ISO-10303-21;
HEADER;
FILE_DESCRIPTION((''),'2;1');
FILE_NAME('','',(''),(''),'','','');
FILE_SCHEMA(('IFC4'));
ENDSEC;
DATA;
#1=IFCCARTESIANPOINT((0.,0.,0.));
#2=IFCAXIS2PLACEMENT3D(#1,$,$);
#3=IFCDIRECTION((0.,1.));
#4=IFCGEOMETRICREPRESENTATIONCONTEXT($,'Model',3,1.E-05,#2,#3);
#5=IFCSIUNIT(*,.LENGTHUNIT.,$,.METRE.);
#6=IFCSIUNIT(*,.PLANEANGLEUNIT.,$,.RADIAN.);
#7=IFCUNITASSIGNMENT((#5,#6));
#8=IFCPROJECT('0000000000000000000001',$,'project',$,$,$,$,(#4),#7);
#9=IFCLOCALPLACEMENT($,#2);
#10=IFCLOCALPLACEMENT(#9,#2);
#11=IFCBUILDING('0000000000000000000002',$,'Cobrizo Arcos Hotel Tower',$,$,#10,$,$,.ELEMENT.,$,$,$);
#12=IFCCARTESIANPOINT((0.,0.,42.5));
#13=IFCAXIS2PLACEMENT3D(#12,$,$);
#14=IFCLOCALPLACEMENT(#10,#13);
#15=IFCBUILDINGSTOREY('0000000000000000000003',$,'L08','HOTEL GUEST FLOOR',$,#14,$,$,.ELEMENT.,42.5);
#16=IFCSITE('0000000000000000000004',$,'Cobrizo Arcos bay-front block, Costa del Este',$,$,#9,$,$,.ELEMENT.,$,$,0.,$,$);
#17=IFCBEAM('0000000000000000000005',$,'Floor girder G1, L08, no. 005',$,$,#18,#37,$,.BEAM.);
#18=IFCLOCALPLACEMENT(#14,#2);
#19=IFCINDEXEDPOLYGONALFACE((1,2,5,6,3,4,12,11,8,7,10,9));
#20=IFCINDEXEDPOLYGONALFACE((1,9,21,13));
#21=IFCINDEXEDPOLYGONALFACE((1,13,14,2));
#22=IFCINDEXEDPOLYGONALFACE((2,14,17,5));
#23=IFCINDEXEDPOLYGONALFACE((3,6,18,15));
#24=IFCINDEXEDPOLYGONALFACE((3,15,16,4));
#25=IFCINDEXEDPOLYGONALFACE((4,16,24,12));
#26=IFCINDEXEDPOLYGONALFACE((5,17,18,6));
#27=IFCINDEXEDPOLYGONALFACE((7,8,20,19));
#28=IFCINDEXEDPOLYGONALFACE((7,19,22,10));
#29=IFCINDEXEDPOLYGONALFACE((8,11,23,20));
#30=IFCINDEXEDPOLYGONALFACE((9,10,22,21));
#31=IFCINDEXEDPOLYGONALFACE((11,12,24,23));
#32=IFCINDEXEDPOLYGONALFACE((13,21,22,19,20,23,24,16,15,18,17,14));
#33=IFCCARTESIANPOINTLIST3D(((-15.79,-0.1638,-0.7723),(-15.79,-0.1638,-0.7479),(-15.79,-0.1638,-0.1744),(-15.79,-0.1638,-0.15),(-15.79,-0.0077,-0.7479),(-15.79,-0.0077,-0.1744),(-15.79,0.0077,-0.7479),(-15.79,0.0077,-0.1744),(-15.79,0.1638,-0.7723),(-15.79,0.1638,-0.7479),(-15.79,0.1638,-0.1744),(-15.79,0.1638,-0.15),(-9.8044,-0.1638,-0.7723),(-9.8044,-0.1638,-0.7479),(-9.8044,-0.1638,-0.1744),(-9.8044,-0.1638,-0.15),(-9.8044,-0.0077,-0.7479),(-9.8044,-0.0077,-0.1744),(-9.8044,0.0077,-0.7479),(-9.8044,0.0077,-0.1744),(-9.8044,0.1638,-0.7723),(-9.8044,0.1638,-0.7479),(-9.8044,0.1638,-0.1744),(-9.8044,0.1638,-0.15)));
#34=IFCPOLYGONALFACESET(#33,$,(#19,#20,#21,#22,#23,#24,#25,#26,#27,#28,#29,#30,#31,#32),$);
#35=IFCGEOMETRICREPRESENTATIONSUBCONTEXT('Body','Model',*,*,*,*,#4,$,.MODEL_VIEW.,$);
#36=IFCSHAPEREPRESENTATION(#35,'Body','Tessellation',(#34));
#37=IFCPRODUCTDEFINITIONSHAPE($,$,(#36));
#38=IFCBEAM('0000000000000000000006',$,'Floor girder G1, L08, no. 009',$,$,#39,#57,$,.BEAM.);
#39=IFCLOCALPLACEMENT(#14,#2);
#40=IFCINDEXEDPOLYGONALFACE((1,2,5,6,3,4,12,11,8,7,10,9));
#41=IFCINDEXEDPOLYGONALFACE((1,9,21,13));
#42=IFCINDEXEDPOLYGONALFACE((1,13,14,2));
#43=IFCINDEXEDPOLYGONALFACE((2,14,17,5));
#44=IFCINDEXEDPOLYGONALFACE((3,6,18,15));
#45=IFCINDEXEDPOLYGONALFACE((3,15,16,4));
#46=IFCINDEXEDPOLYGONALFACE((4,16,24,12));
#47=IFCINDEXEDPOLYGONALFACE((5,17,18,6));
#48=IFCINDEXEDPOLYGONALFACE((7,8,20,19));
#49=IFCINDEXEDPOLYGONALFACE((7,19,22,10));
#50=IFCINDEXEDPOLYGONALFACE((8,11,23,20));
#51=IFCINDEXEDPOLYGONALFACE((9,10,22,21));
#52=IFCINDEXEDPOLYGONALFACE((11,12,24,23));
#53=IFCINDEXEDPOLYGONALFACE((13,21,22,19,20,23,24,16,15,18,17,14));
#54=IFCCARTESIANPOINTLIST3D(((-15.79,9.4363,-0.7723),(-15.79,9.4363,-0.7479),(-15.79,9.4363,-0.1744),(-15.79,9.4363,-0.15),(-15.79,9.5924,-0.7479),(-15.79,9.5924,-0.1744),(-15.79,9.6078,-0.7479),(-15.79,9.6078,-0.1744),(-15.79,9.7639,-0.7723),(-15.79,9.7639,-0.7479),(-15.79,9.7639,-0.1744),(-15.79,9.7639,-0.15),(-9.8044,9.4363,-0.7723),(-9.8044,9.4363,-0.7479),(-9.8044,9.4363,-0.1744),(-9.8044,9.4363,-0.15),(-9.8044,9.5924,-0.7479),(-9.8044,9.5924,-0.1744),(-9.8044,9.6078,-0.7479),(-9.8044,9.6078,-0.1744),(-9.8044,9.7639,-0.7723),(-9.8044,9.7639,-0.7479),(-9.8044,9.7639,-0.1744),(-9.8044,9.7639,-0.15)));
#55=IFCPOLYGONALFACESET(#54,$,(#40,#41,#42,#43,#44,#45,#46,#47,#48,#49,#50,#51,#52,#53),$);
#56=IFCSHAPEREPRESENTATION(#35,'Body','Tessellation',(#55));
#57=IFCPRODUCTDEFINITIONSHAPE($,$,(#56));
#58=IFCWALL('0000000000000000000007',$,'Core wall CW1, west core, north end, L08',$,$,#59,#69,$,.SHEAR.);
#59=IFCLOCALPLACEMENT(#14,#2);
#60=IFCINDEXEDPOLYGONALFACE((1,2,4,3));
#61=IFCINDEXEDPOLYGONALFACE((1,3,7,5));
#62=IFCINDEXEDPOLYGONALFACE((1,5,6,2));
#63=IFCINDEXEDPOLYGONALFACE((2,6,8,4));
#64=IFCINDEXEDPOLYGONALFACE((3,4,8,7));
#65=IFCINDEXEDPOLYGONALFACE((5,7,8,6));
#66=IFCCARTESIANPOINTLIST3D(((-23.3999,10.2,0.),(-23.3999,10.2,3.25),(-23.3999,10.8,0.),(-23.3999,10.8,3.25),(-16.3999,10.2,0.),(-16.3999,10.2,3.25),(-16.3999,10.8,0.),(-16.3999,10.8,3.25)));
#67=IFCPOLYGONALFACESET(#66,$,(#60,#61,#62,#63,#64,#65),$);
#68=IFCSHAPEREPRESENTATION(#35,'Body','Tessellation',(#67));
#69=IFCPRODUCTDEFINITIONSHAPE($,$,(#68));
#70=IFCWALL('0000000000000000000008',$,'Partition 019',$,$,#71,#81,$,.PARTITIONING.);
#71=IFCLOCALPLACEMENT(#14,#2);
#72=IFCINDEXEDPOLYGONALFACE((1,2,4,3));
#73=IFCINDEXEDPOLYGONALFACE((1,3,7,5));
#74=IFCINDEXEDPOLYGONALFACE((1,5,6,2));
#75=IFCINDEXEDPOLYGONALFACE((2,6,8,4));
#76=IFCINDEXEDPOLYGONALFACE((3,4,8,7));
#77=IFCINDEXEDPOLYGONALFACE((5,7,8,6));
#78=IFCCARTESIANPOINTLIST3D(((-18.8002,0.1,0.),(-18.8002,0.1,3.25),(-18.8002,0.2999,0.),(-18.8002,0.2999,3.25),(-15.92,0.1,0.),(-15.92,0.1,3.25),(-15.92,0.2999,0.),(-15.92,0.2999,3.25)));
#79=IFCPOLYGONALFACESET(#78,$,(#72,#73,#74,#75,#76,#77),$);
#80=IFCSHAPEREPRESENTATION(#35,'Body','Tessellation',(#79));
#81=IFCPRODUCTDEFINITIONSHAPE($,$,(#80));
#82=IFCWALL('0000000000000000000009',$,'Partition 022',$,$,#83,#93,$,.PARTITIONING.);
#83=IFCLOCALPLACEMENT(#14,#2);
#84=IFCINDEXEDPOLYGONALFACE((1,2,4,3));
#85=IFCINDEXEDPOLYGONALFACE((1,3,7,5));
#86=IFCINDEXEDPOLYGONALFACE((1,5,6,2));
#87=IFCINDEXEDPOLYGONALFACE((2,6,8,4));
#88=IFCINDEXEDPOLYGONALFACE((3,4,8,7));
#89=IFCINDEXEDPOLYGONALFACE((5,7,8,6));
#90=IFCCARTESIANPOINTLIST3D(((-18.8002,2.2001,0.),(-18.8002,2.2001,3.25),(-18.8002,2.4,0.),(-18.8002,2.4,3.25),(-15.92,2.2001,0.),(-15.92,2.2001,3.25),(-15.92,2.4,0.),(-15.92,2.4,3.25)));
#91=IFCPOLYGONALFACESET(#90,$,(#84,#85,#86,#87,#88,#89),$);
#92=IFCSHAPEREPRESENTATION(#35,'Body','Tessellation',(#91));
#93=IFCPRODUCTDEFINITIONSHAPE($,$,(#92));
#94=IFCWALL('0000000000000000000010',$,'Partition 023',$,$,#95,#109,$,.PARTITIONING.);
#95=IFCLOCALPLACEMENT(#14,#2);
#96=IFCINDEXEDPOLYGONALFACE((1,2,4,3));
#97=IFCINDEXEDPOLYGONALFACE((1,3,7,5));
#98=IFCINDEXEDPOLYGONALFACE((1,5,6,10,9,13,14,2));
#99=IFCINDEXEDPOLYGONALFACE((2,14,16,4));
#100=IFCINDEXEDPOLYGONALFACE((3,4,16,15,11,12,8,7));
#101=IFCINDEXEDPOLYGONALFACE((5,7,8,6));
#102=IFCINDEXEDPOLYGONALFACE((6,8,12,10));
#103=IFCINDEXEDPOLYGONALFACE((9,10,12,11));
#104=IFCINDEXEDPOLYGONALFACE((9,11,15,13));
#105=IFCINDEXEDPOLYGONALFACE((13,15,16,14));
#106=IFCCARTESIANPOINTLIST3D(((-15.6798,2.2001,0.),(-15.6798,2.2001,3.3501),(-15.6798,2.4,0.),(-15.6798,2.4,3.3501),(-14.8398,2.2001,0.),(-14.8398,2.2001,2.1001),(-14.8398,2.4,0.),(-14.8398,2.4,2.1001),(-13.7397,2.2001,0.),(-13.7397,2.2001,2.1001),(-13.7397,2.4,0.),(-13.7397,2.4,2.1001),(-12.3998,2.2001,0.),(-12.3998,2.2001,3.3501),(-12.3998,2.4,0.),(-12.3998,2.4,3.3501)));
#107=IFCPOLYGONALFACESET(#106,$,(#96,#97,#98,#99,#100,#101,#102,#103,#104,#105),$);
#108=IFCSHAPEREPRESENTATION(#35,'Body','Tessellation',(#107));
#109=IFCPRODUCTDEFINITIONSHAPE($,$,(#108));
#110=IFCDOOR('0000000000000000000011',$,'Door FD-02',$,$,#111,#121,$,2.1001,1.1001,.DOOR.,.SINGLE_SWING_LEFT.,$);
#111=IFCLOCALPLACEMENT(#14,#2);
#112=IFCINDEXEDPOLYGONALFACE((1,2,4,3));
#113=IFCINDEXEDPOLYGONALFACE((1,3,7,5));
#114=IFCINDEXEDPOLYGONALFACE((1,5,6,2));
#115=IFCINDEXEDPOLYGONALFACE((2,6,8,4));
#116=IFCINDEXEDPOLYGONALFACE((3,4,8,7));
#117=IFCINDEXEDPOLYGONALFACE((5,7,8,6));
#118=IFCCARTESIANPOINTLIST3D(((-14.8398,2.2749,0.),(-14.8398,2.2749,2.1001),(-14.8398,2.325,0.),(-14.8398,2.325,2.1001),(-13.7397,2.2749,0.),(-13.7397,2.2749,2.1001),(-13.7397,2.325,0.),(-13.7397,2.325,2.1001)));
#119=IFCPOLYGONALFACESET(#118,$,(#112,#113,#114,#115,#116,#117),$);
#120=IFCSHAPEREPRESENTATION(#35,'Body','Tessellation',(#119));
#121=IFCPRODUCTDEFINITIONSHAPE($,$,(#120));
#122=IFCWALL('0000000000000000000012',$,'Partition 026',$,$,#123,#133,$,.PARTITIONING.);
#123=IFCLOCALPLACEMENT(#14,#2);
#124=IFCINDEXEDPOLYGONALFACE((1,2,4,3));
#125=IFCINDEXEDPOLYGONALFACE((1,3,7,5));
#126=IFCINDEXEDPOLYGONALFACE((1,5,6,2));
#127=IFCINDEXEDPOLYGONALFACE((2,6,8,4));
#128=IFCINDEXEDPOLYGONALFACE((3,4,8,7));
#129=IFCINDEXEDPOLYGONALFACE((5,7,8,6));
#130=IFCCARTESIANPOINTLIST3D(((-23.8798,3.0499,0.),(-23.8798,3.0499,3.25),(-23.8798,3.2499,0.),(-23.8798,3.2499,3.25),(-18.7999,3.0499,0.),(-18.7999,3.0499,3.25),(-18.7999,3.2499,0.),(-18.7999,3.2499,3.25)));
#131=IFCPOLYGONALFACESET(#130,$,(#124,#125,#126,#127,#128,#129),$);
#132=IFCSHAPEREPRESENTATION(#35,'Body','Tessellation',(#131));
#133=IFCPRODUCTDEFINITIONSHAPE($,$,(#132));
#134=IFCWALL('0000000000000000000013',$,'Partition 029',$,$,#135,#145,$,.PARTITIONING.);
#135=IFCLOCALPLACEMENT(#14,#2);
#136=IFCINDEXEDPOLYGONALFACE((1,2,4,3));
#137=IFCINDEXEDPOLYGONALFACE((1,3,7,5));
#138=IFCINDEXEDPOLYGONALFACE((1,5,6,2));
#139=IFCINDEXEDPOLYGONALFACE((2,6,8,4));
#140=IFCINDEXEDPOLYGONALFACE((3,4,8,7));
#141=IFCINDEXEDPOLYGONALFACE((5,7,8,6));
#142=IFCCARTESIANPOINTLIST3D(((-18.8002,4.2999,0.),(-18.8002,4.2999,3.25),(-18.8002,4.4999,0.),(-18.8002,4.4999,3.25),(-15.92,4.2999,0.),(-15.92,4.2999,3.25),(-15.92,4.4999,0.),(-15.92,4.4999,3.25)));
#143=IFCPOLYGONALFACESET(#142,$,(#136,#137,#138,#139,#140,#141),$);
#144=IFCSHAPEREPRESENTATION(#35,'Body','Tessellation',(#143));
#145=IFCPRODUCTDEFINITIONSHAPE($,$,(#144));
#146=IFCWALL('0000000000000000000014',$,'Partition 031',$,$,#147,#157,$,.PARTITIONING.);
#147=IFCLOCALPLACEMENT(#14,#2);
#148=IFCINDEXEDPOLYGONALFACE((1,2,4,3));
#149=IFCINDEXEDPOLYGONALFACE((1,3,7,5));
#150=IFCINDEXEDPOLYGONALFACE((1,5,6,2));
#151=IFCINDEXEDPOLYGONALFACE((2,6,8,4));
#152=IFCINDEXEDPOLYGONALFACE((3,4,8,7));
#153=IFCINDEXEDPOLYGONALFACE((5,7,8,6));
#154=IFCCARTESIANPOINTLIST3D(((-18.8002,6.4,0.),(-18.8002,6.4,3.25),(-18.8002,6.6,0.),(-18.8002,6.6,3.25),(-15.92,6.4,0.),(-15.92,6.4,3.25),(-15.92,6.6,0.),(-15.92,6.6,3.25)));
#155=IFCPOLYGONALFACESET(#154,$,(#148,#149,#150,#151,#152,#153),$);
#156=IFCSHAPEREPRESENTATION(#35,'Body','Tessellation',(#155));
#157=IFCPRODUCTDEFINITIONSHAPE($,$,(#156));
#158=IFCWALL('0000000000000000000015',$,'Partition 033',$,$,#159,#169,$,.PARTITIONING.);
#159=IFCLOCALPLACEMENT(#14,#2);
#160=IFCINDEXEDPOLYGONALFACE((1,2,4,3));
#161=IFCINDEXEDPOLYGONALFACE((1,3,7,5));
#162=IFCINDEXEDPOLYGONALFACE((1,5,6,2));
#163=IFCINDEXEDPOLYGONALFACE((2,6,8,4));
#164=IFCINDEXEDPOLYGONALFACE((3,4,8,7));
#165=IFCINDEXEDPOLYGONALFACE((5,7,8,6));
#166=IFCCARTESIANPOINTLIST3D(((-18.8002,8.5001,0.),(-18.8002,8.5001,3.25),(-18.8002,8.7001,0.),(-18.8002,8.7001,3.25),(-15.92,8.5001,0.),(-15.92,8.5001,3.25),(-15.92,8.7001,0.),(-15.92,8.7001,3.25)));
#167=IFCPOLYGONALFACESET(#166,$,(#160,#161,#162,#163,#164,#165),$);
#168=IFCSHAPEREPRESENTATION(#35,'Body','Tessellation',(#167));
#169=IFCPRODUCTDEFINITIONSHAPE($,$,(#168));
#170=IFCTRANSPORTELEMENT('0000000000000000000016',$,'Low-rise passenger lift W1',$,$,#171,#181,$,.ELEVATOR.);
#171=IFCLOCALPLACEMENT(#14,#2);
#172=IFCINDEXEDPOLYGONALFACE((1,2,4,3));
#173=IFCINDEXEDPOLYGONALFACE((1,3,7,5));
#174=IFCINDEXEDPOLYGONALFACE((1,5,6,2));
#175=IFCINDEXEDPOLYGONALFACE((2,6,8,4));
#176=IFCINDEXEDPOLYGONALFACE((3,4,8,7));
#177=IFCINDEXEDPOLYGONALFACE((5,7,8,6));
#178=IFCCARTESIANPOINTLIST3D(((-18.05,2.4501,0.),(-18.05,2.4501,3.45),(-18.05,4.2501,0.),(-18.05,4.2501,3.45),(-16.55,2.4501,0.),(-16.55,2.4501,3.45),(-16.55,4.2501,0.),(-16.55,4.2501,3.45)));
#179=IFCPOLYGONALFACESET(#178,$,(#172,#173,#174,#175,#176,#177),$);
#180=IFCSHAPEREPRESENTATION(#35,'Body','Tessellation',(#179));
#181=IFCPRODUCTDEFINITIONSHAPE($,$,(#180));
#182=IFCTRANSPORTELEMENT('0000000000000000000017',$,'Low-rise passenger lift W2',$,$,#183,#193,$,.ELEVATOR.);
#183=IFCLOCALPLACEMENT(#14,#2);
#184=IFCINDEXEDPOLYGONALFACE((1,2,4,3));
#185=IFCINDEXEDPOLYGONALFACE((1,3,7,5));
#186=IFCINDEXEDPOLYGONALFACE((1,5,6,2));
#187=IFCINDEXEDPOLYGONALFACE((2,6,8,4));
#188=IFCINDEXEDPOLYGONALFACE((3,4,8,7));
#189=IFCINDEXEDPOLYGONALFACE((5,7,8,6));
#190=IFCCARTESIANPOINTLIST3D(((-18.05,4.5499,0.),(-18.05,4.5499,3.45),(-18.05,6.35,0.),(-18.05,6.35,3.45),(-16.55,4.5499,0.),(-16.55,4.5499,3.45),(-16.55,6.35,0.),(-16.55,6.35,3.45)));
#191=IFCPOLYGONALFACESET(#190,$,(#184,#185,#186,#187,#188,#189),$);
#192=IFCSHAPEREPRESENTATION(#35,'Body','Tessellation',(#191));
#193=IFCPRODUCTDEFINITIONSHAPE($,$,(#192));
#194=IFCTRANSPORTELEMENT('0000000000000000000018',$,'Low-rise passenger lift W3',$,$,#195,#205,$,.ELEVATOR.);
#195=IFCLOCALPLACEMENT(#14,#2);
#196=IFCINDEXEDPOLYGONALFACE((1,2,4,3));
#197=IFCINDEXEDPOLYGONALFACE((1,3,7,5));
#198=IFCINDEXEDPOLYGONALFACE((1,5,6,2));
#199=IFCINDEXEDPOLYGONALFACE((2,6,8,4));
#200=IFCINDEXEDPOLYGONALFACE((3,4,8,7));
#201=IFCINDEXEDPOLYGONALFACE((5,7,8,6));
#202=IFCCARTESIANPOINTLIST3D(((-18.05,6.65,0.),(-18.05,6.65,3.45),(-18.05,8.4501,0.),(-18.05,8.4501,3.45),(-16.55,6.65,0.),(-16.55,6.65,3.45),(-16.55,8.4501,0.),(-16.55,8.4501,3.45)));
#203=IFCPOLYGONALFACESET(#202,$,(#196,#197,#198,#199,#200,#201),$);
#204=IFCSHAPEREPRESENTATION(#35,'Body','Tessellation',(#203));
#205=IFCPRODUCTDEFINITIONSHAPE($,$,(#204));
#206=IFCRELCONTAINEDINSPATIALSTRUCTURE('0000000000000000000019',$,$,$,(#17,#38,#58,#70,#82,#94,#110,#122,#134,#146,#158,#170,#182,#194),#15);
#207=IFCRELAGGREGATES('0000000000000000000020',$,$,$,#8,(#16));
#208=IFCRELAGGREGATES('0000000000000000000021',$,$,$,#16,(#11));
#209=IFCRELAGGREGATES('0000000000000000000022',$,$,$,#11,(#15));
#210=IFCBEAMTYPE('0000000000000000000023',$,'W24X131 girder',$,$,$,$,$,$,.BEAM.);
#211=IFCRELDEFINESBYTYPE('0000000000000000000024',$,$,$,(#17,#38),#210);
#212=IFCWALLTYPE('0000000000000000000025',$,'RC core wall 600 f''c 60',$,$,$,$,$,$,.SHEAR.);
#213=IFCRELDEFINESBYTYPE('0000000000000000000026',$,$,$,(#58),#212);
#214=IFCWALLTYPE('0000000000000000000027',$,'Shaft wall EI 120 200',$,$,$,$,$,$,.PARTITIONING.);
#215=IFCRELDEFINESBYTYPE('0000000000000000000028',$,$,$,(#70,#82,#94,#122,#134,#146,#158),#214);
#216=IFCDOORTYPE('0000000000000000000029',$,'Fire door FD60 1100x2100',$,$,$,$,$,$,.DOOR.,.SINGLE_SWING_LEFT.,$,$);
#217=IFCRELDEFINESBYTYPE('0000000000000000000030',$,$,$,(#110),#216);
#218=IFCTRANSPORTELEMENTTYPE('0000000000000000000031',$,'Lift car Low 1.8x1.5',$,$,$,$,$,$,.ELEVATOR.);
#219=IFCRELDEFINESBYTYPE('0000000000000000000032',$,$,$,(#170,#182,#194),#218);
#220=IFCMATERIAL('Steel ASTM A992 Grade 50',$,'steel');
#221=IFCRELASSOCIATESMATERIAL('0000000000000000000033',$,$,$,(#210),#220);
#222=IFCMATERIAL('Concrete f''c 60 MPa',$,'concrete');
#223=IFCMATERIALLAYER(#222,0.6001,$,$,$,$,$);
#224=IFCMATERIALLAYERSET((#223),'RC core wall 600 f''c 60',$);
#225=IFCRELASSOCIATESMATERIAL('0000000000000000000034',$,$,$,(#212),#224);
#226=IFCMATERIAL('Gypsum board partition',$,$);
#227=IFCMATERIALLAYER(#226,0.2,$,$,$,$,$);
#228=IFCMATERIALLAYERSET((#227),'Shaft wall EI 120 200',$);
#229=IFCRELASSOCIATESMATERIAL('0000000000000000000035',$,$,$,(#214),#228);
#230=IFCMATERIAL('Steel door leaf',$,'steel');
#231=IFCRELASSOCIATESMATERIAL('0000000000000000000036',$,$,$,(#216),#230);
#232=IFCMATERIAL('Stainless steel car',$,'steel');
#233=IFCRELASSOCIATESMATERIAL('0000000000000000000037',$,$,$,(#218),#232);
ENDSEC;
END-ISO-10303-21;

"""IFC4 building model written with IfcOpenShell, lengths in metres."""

from ifc_helpers import new_model, si_unit, direction, frame, frame_2d, origin, origin_2d, place, context, subcontext, project, spatial, rectangle, i_section, extrude, material, layer, layer_set, material_profile, profile_set, type_object, element, fill, save


model = new_model("IFC4")

# Units and contexts
model_context = context("Model", 3, precision=1e-05, world=origin(), true_north=direction((0.0, 1.0)))
body_context = subcontext(model_context, "Body", "Model", "MODEL_VIEW")
ifc_project = project(units=[si_unit("LENGTHUNIT", "METRE"), si_unit("PLANEANGLEUNIT", "RADIAN")], contexts=[model_context])

# Site, building, storey
site_placement = place(None, origin())
site = spatial("IfcSite", under=ifc_project, at=site_placement, Name="Cobrizo Arcos bay-front block, Costa del Este", CompositionType="ELEMENT", RefElevation=0.0)
building_placement = place(site_placement, origin())
building = spatial("IfcBuilding", under=site, at=building_placement, Name="Cobrizo Arcos Hotel Tower", CompositionType="ELEMENT")
storey_placement = place(building_placement, frame((0.0, 0.0, 42.5)))
storey = spatial("IfcBuildingStorey", under=building, at=storey_placement, Name="L08", Description="HOTEL GUEST FLOOR", CompositionType="ELEMENT", Elevation=42.5)

# Beams
ifc_material_1 = material(Name="Steel ASTM A992 Grade 50", Category="steel")
ifc_material_profile = material_profile(ifc_material_1, i_section(OverallWidth=0.3276, OverallDepth=0.6223, WebThickness=0.0154, FlangeThickness=0.0244, at=origin_2d()), Name="W24X131")
ifc_profile_set = profile_set([ifc_material_profile], Name="Steel ASTM A992 Grade 50")
beam_type = type_object("IfcBeamType", Name="W24X131 girder", PredefinedType="BEAM", material=ifc_profile_set)
for number, where, z_axis, x_axis, name in (
    (1, (-15.79, 0.0, -0.4612), (1.0, 0.0, 0.0), (0.0, 1.0, 0.0), "Floor girder G1, L08, no. 005"),
    (2, (-15.79, 9.6001, -0.4612), (1.0, 0.0, 0.0), (0.0, 1.0, 0.0), "Floor girder G1, L08, no. 009"),
):
    element("IfcBeam", number, at=place(storey_placement, frame(where, z_axis=z_axis, x_axis=x_axis)), inside=storey, type_object=beam_type, Name=name, PredefinedType="BEAM", context=body_context, shape_type="SweptSolid", body=[
        extrude(i_section(OverallWidth=0.3276, OverallDepth=0.6223, WebThickness=0.0154, FlangeThickness=0.0244, at=origin_2d()), origin(), (0.0, 0.0, 1.0), 5.9856),
    ])

# Walls
ifc_material_2 = material(Name="Concrete f'c 60 MPa", Category="concrete")
ifc_layer_1 = layer(ifc_material_2, 0.6001)
ifc_layer_set_1 = layer_set([ifc_layer_1], Name="RC core wall 600 f'c 60")
wall_type_1 = type_object("IfcWallType", Name="RC core wall 600 f'c 60", PredefinedType="SHEAR", material=ifc_layer_set_1)
wall_1_placement = place(storey_placement, frame((-23.3999, 10.5, 0.0), z_axis=(0.0, 0.0, 1.0), x_axis=(1.0, 0.0, 0.0)))
element("IfcWall", 3, at=wall_1_placement, inside=storey, type_object=wall_type_1, Name="Core wall CW1, west core, north end, L08", PredefinedType="SHEAR", context=body_context, shape_type="SweptSolid", body=[
    extrude(rectangle(XDim=7.0, YDim=0.6001, at=frame_2d((3.5, 0.0))), origin(), (0.0, 0.0, 1.0), 3.25),
])
ifc_material_3 = material(Name="Gypsum board partition")
ifc_layer_2 = layer(ifc_material_3, 0.2)
ifc_layer_set_2 = layer_set([ifc_layer_2], Name="Shaft wall EI 120 200")
wall_type_2 = type_object("IfcWallType", Name="Shaft wall EI 120 200", PredefinedType="PARTITIONING", material=ifc_layer_set_2)
for number, where, z_axis, x_axis, name in (
    (4, (-18.8, 0.2, 0.0), (0.0, 0.0, 1.0), (1.0, 0.0, 0.0), "Partition 019"),
    (5, (-18.8, 2.3, 0.0), (0.0, 0.0, 1.0), (1.0, 0.0, 0.0), "Partition 022"),
):
    element("IfcWall", number, at=place(storey_placement, frame(where, z_axis=z_axis, x_axis=x_axis)), inside=storey, type_object=wall_type_2, Name=name, PredefinedType="PARTITIONING", context=body_context, shape_type="SweptSolid", body=[
        extrude(rectangle(XDim=2.8801, YDim=0.2, at=frame_2d((1.4399, 0.0))), origin(), (0.0, 0.0, 1.0), 3.25),
    ])

# Wall, opening, door
wall_2_placement = place(storey_placement, frame((-15.6799, 2.3, 0.0), z_axis=(0.0, 0.0, 1.0), x_axis=(1.0, 0.0, 0.0)))
wall_2 = element("IfcWall", 6, at=wall_2_placement, inside=storey, type_object=wall_type_2, Name="Partition 023", PredefinedType="PARTITIONING", context=body_context, shape_type="SweptSolid", body=[
    extrude(rectangle(XDim=3.28, YDim=0.2, at=frame_2d((1.6401, 0.0))), origin(), (0.0, 0.0, 1.0), 3.3501),
])
opening_placement = place(wall_2_placement, frame((0.8401, 0.0, 0.0)))
opening = element("IfcOpeningElement", 7, at=opening_placement, cuts=wall_2, PredefinedType="OPENING", context=body_context, shape_type="SweptSolid", body=[
    extrude(rectangle(XDim=1.1001, YDim=2.1001, at=frame_2d((0.55, 1.05))), frame((0.0, 0.1121, 0.0), z_axis=(0.0, -1.0, 0.0), x_axis=(1.0, 0.0, 0.0)), (0.0, 0.0, 1.0), 0.2239),
])
ifc_material_4 = material(Name="Steel door leaf", Category="steel")
door_type = type_object("IfcDoorType", Name="Fire door FD60 1100x2100", OperationType="SINGLE_SWING_LEFT", PredefinedType="DOOR", material=ifc_material_4)
door_placement = place(opening_placement, origin())
door = element("IfcDoor", 8, at=door_placement, inside=storey, type_object=door_type, Name="Door FD-02", OperationType="SINGLE_SWING_LEFT", OverallHeight=2.1001, OverallWidth=1.1001, PredefinedType="DOOR", context=body_context, shape_type="SweptSolid", body=[
    extrude(rectangle(XDim=1.1001, YDim=2.1001, at=frame_2d((0.55, 1.05))), frame((0.0, 0.0249, 0.0), z_axis=(0.0, -1.0, 0.0), x_axis=(1.0, 0.0, 0.0)), (0.0, 0.0, 1.0), 0.05),
])
fill(opening, door)

# Walls
wall_3_placement = place(storey_placement, frame((-23.8799, 3.1499, 0.0), z_axis=(0.0, 0.0, 1.0), x_axis=(1.0, 0.0, 0.0)))
element("IfcWall", 9, at=wall_3_placement, inside=storey, type_object=wall_type_2, Name="Partition 026", PredefinedType="PARTITIONING", context=body_context, shape_type="SweptSolid", body=[
    extrude(rectangle(XDim=5.0798, YDim=0.2, at=frame_2d((2.54, 0.0))), origin(), (0.0, 0.0, 1.0), 3.25),
])
for number, where, z_axis, x_axis, name in (
    (10, (-18.8, 4.3999, 0.0), (0.0, 0.0, 1.0), (1.0, 0.0, 0.0), "Partition 029"),
    (11, (-18.8, 6.5, 0.0), (0.0, 0.0, 1.0), (1.0, 0.0, 0.0), "Partition 031"),
    (12, (-18.8, 8.6001, 0.0), (0.0, 0.0, 1.0), (1.0, 0.0, 0.0), "Partition 033"),
):
    element("IfcWall", number, at=place(storey_placement, frame(where, z_axis=z_axis, x_axis=x_axis)), inside=storey, type_object=wall_type_2, Name=name, PredefinedType="PARTITIONING", context=body_context, shape_type="SweptSolid", body=[
        extrude(rectangle(XDim=2.8801, YDim=0.2, at=frame_2d((1.4399, 0.0))), origin(), (0.0, 0.0, 1.0), 3.25),
    ])

# Transport elements
ifc_material_5 = material(Name="Stainless steel car", Category="steel")
transport_element_type = type_object("IfcTransportElementType", Name="Lift car Low 1.8x1.5", PredefinedType="ELEVATOR", material=ifc_material_5)
for number, where, z_axis, x_axis, name in (
    (13, (-17.3, 3.3501, 0.0), (0.0, 0.0, 1.0), (1.0, 0.0, 0.0), "Low-rise passenger lift W1"),
    (14, (-17.3, 5.45, 0.0), (0.0, 0.0, 1.0), (1.0, 0.0, 0.0), "Low-rise passenger lift W2"),
    (15, (-17.3, 7.55, 0.0), (0.0, 0.0, 1.0), (1.0, 0.0, 0.0), "Low-rise passenger lift W3"),
):
    element("IfcTransportElement", number, at=place(storey_placement, frame(where, z_axis=z_axis, x_axis=x_axis)), inside=storey, type_object=transport_element_type, Name=name, PredefinedType="ELEVATOR", context=body_context, shape_type="SweptSolid", body=[
        extrude(rectangle(XDim=1.5, YDim=1.8, at=origin_2d()), origin(), (0.0, 0.0, 1.0), 3.45),
    ])

save(model, "model.ifc")
